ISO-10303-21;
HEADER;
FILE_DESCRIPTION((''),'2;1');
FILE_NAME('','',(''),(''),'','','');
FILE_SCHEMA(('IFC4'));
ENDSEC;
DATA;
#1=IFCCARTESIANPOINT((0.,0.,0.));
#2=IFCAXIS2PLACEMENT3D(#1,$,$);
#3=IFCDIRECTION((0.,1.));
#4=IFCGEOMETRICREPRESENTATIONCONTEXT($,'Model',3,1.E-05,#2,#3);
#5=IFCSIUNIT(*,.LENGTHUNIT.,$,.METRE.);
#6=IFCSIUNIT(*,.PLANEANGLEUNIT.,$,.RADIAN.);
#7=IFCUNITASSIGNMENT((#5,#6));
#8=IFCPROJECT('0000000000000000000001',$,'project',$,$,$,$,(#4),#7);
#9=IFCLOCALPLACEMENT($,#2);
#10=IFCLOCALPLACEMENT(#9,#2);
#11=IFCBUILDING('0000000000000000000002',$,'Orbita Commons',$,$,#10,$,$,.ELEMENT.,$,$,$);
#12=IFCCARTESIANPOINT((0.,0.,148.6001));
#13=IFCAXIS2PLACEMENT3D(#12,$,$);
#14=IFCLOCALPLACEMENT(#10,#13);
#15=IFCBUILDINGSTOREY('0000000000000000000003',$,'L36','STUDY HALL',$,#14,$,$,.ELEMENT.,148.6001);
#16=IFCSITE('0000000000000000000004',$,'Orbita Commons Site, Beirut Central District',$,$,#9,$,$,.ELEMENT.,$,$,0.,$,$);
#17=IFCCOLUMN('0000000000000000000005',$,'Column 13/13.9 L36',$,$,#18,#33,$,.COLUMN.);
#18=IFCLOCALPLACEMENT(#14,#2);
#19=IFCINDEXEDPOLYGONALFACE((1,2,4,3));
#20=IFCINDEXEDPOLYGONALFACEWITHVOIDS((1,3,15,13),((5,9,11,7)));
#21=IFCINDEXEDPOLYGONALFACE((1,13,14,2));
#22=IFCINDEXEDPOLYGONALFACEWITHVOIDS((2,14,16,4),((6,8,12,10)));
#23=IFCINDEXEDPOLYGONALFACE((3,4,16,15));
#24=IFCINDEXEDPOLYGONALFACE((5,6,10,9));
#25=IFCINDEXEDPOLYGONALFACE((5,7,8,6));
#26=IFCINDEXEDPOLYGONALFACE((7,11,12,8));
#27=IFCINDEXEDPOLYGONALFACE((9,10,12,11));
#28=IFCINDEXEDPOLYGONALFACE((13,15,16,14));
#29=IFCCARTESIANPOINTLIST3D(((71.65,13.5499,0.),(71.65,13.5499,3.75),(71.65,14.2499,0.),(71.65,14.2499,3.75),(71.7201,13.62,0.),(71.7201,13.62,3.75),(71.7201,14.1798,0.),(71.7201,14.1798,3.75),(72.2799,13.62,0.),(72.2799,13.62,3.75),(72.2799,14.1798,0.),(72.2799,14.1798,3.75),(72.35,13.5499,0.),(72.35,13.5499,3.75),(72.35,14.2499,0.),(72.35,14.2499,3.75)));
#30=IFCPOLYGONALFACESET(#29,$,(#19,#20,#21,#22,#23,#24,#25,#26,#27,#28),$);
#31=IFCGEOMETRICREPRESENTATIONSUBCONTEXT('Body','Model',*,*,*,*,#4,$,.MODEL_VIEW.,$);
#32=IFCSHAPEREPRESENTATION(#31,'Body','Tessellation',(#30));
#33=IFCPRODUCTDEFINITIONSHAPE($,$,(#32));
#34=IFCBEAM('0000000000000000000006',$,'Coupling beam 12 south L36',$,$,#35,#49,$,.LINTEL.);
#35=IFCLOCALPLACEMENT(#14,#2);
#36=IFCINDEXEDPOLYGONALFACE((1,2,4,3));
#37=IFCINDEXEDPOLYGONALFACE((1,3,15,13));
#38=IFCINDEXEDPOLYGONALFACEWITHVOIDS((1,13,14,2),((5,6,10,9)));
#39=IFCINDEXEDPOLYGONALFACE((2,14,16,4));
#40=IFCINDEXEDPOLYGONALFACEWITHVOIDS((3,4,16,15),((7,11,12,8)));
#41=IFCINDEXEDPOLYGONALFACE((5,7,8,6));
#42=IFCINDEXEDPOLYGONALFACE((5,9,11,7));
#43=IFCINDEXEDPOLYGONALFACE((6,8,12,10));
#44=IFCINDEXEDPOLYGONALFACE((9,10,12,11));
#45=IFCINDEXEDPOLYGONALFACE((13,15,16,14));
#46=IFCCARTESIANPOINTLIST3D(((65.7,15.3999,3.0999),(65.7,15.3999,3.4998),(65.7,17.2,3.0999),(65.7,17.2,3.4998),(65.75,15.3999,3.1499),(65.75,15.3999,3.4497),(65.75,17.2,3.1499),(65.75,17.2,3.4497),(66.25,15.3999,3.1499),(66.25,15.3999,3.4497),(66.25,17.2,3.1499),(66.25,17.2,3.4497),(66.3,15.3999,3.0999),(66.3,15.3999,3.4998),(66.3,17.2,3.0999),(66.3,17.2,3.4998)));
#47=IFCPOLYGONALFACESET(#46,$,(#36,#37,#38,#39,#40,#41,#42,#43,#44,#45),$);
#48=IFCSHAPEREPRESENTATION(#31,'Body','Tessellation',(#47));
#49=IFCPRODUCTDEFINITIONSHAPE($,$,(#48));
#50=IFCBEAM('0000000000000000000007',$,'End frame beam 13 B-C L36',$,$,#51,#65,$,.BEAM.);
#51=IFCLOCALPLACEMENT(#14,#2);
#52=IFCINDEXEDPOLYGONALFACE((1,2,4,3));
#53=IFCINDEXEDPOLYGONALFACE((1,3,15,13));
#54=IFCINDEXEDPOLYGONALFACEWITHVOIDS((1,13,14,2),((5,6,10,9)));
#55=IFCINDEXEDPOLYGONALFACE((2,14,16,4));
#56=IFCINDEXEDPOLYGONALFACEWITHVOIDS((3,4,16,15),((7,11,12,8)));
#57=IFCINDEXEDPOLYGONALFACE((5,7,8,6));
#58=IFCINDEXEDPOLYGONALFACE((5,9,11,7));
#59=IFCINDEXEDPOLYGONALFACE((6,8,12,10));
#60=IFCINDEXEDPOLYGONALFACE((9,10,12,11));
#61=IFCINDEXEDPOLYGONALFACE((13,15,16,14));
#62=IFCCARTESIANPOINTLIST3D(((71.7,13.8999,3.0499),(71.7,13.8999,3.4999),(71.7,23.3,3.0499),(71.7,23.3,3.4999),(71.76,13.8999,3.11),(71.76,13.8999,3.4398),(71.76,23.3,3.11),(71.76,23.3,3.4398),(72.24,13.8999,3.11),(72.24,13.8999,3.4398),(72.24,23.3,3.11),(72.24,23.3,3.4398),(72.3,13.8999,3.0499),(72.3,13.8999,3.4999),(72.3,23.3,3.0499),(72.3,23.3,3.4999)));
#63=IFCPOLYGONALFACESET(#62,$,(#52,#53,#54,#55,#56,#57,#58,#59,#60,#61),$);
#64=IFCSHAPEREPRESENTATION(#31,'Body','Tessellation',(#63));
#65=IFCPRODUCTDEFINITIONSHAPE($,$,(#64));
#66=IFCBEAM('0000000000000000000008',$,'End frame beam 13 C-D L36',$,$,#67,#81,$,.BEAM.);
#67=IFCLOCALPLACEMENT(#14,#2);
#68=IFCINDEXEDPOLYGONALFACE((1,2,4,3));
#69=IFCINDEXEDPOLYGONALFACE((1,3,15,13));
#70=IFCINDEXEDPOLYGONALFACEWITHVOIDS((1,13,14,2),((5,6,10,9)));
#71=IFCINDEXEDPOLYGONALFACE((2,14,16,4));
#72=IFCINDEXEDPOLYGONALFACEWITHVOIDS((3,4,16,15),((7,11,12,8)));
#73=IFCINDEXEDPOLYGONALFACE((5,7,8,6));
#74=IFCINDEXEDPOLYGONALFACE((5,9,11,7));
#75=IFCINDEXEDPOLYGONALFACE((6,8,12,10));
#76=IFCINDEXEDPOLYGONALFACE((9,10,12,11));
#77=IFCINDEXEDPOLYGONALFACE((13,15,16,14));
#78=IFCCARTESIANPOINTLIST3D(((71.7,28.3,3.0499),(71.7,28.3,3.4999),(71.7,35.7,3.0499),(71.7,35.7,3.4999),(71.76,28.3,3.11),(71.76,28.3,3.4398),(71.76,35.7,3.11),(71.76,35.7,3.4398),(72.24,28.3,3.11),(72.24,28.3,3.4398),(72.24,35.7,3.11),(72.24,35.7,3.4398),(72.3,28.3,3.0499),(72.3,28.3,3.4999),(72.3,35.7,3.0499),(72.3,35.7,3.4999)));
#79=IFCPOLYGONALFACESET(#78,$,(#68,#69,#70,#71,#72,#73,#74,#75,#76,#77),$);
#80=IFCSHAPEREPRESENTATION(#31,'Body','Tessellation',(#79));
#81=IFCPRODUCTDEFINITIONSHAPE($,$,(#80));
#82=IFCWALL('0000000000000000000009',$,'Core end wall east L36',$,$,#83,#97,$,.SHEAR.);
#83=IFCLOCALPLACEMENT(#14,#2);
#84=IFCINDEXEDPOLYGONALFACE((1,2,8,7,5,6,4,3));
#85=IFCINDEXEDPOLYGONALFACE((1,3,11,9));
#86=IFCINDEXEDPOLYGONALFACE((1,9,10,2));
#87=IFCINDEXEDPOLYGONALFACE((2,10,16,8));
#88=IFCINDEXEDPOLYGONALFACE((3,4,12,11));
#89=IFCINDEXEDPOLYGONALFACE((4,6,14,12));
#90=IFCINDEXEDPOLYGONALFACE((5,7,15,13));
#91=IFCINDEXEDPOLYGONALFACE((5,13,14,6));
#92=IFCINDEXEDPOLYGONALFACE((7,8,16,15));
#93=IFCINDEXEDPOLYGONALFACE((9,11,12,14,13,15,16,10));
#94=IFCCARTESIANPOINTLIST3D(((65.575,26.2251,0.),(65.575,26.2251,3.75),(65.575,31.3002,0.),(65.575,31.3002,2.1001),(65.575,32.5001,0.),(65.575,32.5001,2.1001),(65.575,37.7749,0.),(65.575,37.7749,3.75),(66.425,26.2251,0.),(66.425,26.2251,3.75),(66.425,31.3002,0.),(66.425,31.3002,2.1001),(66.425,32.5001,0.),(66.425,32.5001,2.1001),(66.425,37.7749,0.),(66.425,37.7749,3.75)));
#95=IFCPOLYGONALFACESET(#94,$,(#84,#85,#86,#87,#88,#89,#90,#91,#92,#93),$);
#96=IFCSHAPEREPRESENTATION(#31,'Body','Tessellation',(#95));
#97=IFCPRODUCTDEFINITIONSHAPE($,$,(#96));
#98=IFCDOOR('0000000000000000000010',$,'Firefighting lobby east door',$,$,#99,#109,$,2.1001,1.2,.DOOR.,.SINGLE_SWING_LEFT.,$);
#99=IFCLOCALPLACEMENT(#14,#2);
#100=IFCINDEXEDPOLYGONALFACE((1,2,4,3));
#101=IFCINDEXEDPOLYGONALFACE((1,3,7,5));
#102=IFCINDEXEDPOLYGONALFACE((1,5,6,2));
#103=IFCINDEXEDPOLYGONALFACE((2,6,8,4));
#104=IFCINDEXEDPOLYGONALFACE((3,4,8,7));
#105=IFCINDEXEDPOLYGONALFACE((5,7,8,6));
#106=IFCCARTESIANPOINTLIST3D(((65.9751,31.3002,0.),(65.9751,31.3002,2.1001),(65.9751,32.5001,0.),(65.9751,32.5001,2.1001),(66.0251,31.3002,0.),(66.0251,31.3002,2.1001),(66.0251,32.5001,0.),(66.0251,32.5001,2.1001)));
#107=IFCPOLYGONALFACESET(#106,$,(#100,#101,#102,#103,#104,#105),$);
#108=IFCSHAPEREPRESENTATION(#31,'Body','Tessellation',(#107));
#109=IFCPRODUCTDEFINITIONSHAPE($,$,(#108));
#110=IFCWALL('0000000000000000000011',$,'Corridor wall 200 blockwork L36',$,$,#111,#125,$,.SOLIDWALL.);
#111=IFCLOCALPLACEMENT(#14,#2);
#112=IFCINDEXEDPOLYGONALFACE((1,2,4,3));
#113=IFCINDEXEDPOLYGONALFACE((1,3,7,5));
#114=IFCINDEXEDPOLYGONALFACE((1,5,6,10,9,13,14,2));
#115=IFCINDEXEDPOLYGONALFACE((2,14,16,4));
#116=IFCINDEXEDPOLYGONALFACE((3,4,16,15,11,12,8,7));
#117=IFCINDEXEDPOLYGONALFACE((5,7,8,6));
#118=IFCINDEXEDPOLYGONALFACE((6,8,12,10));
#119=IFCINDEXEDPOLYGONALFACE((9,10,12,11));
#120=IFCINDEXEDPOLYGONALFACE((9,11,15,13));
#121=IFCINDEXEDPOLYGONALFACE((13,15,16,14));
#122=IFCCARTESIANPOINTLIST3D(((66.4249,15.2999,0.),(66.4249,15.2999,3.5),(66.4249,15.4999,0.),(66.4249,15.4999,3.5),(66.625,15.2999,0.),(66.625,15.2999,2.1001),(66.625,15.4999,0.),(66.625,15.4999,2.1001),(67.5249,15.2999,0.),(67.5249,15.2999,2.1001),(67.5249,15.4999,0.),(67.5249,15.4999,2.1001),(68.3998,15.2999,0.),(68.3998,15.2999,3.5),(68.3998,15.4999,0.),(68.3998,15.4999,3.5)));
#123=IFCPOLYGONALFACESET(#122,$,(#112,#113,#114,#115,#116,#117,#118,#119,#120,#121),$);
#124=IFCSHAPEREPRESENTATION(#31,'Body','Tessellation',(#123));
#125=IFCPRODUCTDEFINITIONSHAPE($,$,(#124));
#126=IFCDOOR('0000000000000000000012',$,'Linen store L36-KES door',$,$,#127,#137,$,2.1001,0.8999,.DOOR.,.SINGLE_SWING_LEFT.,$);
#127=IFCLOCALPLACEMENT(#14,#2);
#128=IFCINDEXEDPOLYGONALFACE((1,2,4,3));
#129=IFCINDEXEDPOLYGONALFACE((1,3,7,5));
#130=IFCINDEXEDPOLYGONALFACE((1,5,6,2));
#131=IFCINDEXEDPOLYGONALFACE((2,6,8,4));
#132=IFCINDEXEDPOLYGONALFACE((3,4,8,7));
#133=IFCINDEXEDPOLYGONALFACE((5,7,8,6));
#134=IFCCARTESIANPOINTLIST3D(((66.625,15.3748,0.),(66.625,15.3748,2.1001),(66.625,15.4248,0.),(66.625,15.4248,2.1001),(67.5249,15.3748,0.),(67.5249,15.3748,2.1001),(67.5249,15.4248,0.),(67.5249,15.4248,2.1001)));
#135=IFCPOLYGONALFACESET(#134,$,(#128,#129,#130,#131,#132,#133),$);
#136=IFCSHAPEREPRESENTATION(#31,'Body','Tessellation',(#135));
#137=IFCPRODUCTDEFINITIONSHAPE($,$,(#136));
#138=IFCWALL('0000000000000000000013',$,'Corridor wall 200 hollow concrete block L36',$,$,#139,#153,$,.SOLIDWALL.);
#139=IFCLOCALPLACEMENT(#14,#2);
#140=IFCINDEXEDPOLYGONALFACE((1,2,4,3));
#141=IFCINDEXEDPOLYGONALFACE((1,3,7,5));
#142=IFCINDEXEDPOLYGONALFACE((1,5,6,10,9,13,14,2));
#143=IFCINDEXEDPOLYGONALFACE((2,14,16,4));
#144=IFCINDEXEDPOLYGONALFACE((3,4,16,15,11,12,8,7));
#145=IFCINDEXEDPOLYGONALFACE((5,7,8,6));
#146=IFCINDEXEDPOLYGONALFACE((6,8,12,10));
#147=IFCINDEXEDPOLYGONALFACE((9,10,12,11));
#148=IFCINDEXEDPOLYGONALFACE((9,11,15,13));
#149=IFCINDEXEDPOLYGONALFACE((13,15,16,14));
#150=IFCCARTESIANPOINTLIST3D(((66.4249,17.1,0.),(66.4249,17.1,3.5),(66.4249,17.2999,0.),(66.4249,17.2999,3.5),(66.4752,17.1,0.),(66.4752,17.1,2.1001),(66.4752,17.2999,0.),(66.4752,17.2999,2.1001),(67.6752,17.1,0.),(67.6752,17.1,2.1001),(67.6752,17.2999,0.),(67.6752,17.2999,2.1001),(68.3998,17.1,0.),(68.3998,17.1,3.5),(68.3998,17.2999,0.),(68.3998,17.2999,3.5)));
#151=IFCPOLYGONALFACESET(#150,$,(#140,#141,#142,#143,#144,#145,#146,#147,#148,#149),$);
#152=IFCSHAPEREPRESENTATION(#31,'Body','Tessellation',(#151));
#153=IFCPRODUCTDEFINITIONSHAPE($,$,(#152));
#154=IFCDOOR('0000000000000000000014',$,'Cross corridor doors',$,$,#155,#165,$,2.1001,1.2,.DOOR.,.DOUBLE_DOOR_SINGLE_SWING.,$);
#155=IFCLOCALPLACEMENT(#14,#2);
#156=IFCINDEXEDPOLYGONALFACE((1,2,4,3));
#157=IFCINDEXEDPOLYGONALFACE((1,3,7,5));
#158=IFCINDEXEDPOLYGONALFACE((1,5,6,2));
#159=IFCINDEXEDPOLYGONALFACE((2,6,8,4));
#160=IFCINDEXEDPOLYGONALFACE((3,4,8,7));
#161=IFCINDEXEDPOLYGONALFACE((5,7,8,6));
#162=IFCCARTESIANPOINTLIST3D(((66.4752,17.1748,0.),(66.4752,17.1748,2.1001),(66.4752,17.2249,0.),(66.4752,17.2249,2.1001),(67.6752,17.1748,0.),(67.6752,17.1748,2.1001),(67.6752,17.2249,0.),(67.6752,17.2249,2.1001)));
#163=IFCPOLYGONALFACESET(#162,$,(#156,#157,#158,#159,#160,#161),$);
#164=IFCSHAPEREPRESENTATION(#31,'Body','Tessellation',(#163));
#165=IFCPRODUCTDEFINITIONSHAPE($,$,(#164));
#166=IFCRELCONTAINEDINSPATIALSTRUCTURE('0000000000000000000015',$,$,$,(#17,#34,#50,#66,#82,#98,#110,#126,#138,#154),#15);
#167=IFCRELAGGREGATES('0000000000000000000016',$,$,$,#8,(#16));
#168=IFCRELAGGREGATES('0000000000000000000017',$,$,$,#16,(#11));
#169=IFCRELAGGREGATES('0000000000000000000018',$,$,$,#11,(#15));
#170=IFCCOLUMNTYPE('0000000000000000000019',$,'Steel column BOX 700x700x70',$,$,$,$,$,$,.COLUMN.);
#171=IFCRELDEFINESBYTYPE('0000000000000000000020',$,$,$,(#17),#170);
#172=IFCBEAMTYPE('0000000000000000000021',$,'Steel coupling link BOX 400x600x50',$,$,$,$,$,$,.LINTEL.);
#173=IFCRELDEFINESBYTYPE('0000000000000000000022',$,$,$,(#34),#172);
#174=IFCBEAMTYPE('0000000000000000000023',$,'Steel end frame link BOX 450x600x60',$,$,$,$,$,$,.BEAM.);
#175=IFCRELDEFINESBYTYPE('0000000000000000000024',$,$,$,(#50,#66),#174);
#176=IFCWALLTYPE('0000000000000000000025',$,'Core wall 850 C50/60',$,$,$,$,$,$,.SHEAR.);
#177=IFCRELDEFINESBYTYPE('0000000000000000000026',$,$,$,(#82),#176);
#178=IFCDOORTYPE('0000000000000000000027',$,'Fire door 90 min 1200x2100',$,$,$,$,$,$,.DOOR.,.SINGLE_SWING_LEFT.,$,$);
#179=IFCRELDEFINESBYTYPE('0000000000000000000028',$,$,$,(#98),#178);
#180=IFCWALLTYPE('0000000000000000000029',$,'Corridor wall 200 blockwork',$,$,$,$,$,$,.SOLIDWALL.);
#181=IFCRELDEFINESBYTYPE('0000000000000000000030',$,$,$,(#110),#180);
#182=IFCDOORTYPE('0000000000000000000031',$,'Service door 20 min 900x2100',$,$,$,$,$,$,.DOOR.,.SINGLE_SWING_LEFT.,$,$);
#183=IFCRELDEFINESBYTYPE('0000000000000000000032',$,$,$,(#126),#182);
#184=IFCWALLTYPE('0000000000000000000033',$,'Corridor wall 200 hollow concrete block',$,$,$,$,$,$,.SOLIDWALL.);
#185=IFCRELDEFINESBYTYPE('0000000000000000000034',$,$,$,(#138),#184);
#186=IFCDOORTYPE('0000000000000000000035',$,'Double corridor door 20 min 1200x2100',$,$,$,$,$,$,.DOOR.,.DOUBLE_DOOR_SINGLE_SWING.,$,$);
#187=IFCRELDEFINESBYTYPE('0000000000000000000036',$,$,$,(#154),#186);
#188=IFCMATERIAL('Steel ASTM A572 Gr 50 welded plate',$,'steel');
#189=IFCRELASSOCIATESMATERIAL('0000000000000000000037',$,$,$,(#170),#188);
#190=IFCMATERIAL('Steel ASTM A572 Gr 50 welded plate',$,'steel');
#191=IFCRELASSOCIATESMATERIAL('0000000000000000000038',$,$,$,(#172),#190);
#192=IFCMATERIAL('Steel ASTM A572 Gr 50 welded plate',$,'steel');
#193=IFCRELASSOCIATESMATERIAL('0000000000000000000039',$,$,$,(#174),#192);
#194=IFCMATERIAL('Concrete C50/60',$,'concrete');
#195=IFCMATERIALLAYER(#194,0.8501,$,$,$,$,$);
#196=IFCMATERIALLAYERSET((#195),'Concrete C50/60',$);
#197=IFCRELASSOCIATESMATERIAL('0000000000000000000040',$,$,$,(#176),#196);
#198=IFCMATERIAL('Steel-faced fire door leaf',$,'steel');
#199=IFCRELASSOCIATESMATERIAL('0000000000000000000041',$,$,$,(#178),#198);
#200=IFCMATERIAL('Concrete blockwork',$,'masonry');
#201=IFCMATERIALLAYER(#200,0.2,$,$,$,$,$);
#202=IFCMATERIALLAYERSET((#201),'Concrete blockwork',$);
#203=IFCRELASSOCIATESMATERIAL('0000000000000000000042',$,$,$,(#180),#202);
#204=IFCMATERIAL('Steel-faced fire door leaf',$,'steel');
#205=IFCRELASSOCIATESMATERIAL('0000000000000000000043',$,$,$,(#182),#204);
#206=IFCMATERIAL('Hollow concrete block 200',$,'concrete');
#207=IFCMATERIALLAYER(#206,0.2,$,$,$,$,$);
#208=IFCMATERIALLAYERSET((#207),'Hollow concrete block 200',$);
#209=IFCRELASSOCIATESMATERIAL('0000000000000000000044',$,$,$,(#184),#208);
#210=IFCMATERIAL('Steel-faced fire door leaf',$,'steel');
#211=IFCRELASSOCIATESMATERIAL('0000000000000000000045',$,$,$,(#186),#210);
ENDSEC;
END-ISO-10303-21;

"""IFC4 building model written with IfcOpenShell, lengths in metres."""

from ifc_helpers import new_model, si_unit, direction, frame, frame_2d, origin, origin_2d, place, context, subcontext, project, spatial, rectangle, hollow_rectangle, extrude, material, layer, layer_set, material_profile, profile_set, type_object, element, fill, save


model = new_model("IFC4")

# Units and contexts
model_context = context("Model", 3, precision=1e-05, world=origin(), true_north=direction((0.0, 1.0)))
body_context = subcontext(model_context, "Body", "Model", "MODEL_VIEW")
ifc_project = project(units=[si_unit("LENGTHUNIT", "METRE"), si_unit("PLANEANGLEUNIT", "RADIAN")], contexts=[model_context])

# Site, building, storey
site_placement = place(None, origin())
site = spatial("IfcSite", under=ifc_project, at=site_placement, Name="Orbita Commons Site, Beirut Central District", CompositionType="ELEMENT", RefElevation=0.0)
building_placement = place(site_placement, origin())
building = spatial("IfcBuilding", under=site, at=building_placement, Name="Orbita Commons", CompositionType="ELEMENT")
storey_placement = place(building_placement, frame((0.0, 0.0, 148.6001)))
storey = spatial("IfcBuildingStorey", under=building, at=storey_placement, Name="L36", Description="STUDY HALL", CompositionType="ELEMENT", Elevation=148.6001)

# Column
ifc_material_1 = material(Name="Steel ASTM A572 Gr 50 welded plate", Category="steel")
ifc_material_profile_1 = material_profile(ifc_material_1, hollow_rectangle(XDim=0.7, YDim=0.7, WallThickness=0.0701, at=origin_2d()), Name="BOX 700x700x70")
ifc_profile_set_1 = profile_set([ifc_material_profile_1], Name="Steel ASTM A572 Gr 50 welded plate")
column_type = type_object("IfcColumnType", Name="Steel column BOX 700x700x70", PredefinedType="COLUMN", material=ifc_profile_set_1)
column_placement = place(storey_placement, frame((72.0, 13.8999, 0.0), z_axis=(0.0, 0.0, 1.0), x_axis=(1.0, 0.0, 0.0)))
element("IfcColumn", 1, at=column_placement, inside=storey, type_object=column_type, Name="Column 13/13.9 L36", PredefinedType="COLUMN", context=body_context, shape_type="SweptSolid", body=[
    extrude(hollow_rectangle(XDim=0.7, YDim=0.7, WallThickness=0.0701, at=origin_2d()), origin(), (0.0, 0.0, 1.0), 3.75),
])

# Beams
ifc_material_2 = material(Name="Steel ASTM A572 Gr 50 welded plate", Category="steel")
ifc_material_profile_2 = material_profile(ifc_material_2, hollow_rectangle(XDim=0.6001, YDim=0.3999, WallThickness=0.05, at=origin_2d()), Name="BOX 400x600x50")
ifc_profile_set_2 = profile_set([ifc_material_profile_2], Name="Steel ASTM A572 Gr 50 welded plate")
beam_type_1 = type_object("IfcBeamType", Name="Steel coupling link BOX 400x600x50", PredefinedType="LINTEL", material=ifc_profile_set_2)
beam_1_placement = place(storey_placement, frame((66.0, 15.3999, 3.2998), z_axis=(0.0, 1.0, 0.0), x_axis=(-1.0, 0.0, 0.0)))
element("IfcBeam", 2, at=beam_1_placement, inside=storey, type_object=beam_type_1, Name="Coupling beam 12 south L36", PredefinedType="LINTEL", context=body_context, shape_type="SweptSolid", body=[
    extrude(hollow_rectangle(XDim=0.6001, YDim=0.3999, WallThickness=0.05, at=origin_2d()), origin(), (0.0, 0.0, 1.0), 1.8),
])
ifc_material_3 = material(Name="Steel ASTM A572 Gr 50 welded plate", Category="steel")
ifc_material_profile_3 = material_profile(ifc_material_3, hollow_rectangle(XDim=0.6001, YDim=0.45, WallThickness=0.0601, at=origin_2d()), Name="BOX 450x600x60")
ifc_profile_set_3 = profile_set([ifc_material_profile_3], Name="Steel ASTM A572 Gr 50 welded plate")
beam_type_2 = type_object("IfcBeamType", Name="Steel end frame link BOX 450x600x60", PredefinedType="BEAM", material=ifc_profile_set_3)
beam_2_placement = place(storey_placement, frame((72.0, 13.8999, 3.2749), z_axis=(0.0, 1.0, 0.0), x_axis=(-1.0, 0.0, 0.0)))
element("IfcBeam", 3, at=beam_2_placement, inside=storey, type_object=beam_type_2, Name="End frame beam 13 B-C L36", PredefinedType="BEAM", context=body_context, shape_type="SweptSolid", body=[
    extrude(hollow_rectangle(XDim=0.6001, YDim=0.45, WallThickness=0.0601, at=origin_2d()), origin(), (0.0, 0.0, 1.0), 9.4001),
])
beam_3_placement = place(storey_placement, frame((72.0, 28.3, 3.2749), z_axis=(0.0, 1.0, 0.0), x_axis=(-1.0, 0.0, 0.0)))
element("IfcBeam", 4, at=beam_3_placement, inside=storey, type_object=beam_type_2, Name="End frame beam 13 C-D L36", PredefinedType="BEAM", context=body_context, shape_type="SweptSolid", body=[
    extrude(hollow_rectangle(XDim=0.6001, YDim=0.45, WallThickness=0.0601, at=origin_2d()), origin(), (0.0, 0.0, 1.0), 7.3999),
])

# Walls, openings, doors
ifc_material_4 = material(Name="Concrete C50/60", Category="concrete")
ifc_layer_1 = layer(ifc_material_4, 0.8501)
ifc_layer_set_1 = layer_set([ifc_layer_1], Name="Concrete C50/60")
wall_type_1 = type_object("IfcWallType", Name="Core wall 850 C50/60", PredefinedType="SHEAR", material=ifc_layer_set_1)
wall_1_placement = place(storey_placement, frame((66.0, 26.2251, 0.0), z_axis=(0.0, 0.0, 1.0), x_axis=(0.0, 1.0, 0.0)))
wall_1 = element("IfcWall", 5, at=wall_1_placement, inside=storey, type_object=wall_type_1, Name="Core end wall east L36", PredefinedType="SHEAR", context=body_context, shape_type="SweptSolid", body=[
    extrude(rectangle(XDim=11.5498, YDim=0.8501, at=frame_2d((5.7749, 0.0))), origin(), (0.0, 0.0, 1.0), 3.75),
])
opening_1_placement = place(wall_1_placement, frame((5.075, 0.0, 0.0)))
opening_1 = element("IfcOpeningElement", 6, at=opening_1_placement, cuts=wall_1, PredefinedType="OPENING", context=body_context, shape_type="SweptSolid", body=[
    extrude(rectangle(XDim=1.2, YDim=2.1001, at=frame_2d((0.6001, 1.05))), frame((0.0, 0.4351, 0.0), z_axis=(0.0, -1.0, 0.0), x_axis=(1.0, 0.0, 0.0)), (0.0, 0.0, 1.0), 0.8701),
])
ifc_material_5 = material(Name="Steel-faced fire door leaf", Category="steel")
door_type_1 = type_object("IfcDoorType", Name="Fire door 90 min 1200x2100", OperationType="SINGLE_SWING_LEFT", PredefinedType="DOOR", material=ifc_material_5)
door_1_placement = place(opening_1_placement, origin())
door_1 = element("IfcDoor", 7, at=door_1_placement, inside=storey, type_object=door_type_1, Name="Firefighting lobby east door", OperationType="SINGLE_SWING_LEFT", OverallHeight=2.1001, OverallWidth=1.2, PredefinedType="DOOR", context=body_context, shape_type="SweptSolid", body=[
    extrude(rectangle(XDim=1.2, YDim=2.1001, at=frame_2d((0.6001, 1.05))), frame((0.0, 0.0249, 0.0), z_axis=(0.0, -1.0, 0.0), x_axis=(1.0, 0.0, 0.0)), (0.0, 0.0, 1.0), 0.05),
])
fill(opening_1, door_1)
ifc_material_6 = material(Name="Concrete blockwork", Category="masonry")
ifc_layer_2 = layer(ifc_material_6, 0.2)
ifc_layer_set_2 = layer_set([ifc_layer_2], Name="Concrete blockwork")
wall_type_2 = type_object("IfcWallType", Name="Corridor wall 200 blockwork", PredefinedType="SOLIDWALL", material=ifc_layer_set_2)
wall_2_placement = place(storey_placement, frame((66.425, 15.3999, 0.0), z_axis=(0.0, 0.0, 1.0), x_axis=(1.0, 0.0, 0.0)))
wall_2 = element("IfcWall", 8, at=wall_2_placement, inside=storey, type_object=wall_type_2, Name="Corridor wall 200 blockwork L36", PredefinedType="SOLIDWALL", context=body_context, shape_type="SweptSolid", body=[
    extrude(rectangle(XDim=1.9749, YDim=0.2, at=frame_2d((0.9873, 0.0))), origin(), (0.0, 0.0, 1.0), 3.5),
])
opening_2_placement = place(wall_2_placement, frame((0.2, 0.0, 0.0)))
opening_2 = element("IfcOpeningElement", 9, at=opening_2_placement, cuts=wall_2, PredefinedType="OPENING", context=body_context, shape_type="SweptSolid", body=[
    extrude(rectangle(XDim=0.8999, YDim=2.1001, at=frame_2d((0.45, 1.05))), frame((0.0, 0.1099, 0.0), z_axis=(0.0, -1.0, 0.0), x_axis=(1.0, 0.0, 0.0)), (0.0, 0.0, 1.0), 0.22),
])
ifc_material_7 = material(Name="Steel-faced fire door leaf", Category="steel")
door_type_2 = type_object("IfcDoorType", Name="Service door 20 min 900x2100", OperationType="SINGLE_SWING_LEFT", PredefinedType="DOOR", material=ifc_material_7)
door_2_placement = place(opening_2_placement, origin())
door_2 = element("IfcDoor", 10, at=door_2_placement, inside=storey, type_object=door_type_2, Name="Linen store L36-KES door", OperationType="SINGLE_SWING_LEFT", OverallHeight=2.1001, OverallWidth=0.8999, PredefinedType="DOOR", context=body_context, shape_type="SweptSolid", body=[
    extrude(rectangle(XDim=0.8999, YDim=2.1001, at=frame_2d((0.45, 1.05))), frame((0.0, 0.0249, 0.0), z_axis=(0.0, -1.0, 0.0), x_axis=(1.0, 0.0, 0.0)), (0.0, 0.0, 1.0), 0.05),
])
fill(opening_2, door_2)
ifc_material_8 = material(Name="Hollow concrete block 200", Category="concrete")
ifc_layer_3 = layer(ifc_material_8, 0.2)
ifc_layer_set_3 = layer_set([ifc_layer_3], Name="Hollow concrete block 200")
wall_type_3 = type_object("IfcWallType", Name="Corridor wall 200 hollow concrete block", PredefinedType="SOLIDWALL", material=ifc_layer_set_3)
wall_3_placement = place(storey_placement, frame((66.425, 17.2, 0.0), z_axis=(0.0, 0.0, 1.0), x_axis=(1.0, 0.0, 0.0)))
wall_3 = element("IfcWall", 11, at=wall_3_placement, inside=storey, type_object=wall_type_3, Name="Corridor wall 200 hollow concrete block L36", PredefinedType="SOLIDWALL", context=body_context, shape_type="SweptSolid", body=[
    extrude(rectangle(XDim=1.9749, YDim=0.2, at=frame_2d((0.9873, 0.0))), origin(), (0.0, 0.0, 1.0), 3.5),
])
opening_3_placement = place(wall_3_placement, frame((0.05, 0.0, 0.0)))
opening_3 = element("IfcOpeningElement", 12, at=opening_3_placement, cuts=wall_3, PredefinedType="OPENING", context=body_context, shape_type="SweptSolid", body=[
    extrude(rectangle(XDim=1.2, YDim=2.1001, at=frame_2d((0.6001, 1.05))), frame((0.0, 0.1099, 0.0), z_axis=(0.0, -1.0, 0.0), x_axis=(1.0, 0.0, 0.0)), (0.0, 0.0, 1.0), 0.22),
])
ifc_material_9 = material(Name="Steel-faced fire door leaf", Category="steel")
door_type_3 = type_object("IfcDoorType", Name="Double corridor door 20 min 1200x2100", OperationType="DOUBLE_DOOR_SINGLE_SWING", PredefinedType="DOOR", material=ifc_material_9)
door_3_placement = place(opening_3_placement, origin())
door_3 = element("IfcDoor", 13, at=door_3_placement, inside=storey, type_object=door_type_3, Name="Cross corridor doors", OperationType="DOUBLE_DOOR_SINGLE_SWING", OverallHeight=2.1001, OverallWidth=1.2, PredefinedType="DOOR", context=body_context, shape_type="SweptSolid", body=[
    extrude(rectangle(XDim=1.2, YDim=2.1001, at=frame_2d((0.6001, 1.05))), frame((0.0, 0.0249, 0.0), z_axis=(0.0, -1.0, 0.0), x_axis=(1.0, 0.0, 0.0)), (0.0, 0.0, 1.0), 0.05),
])
fill(opening_3, door_3)

save(model, "model.ifc")
